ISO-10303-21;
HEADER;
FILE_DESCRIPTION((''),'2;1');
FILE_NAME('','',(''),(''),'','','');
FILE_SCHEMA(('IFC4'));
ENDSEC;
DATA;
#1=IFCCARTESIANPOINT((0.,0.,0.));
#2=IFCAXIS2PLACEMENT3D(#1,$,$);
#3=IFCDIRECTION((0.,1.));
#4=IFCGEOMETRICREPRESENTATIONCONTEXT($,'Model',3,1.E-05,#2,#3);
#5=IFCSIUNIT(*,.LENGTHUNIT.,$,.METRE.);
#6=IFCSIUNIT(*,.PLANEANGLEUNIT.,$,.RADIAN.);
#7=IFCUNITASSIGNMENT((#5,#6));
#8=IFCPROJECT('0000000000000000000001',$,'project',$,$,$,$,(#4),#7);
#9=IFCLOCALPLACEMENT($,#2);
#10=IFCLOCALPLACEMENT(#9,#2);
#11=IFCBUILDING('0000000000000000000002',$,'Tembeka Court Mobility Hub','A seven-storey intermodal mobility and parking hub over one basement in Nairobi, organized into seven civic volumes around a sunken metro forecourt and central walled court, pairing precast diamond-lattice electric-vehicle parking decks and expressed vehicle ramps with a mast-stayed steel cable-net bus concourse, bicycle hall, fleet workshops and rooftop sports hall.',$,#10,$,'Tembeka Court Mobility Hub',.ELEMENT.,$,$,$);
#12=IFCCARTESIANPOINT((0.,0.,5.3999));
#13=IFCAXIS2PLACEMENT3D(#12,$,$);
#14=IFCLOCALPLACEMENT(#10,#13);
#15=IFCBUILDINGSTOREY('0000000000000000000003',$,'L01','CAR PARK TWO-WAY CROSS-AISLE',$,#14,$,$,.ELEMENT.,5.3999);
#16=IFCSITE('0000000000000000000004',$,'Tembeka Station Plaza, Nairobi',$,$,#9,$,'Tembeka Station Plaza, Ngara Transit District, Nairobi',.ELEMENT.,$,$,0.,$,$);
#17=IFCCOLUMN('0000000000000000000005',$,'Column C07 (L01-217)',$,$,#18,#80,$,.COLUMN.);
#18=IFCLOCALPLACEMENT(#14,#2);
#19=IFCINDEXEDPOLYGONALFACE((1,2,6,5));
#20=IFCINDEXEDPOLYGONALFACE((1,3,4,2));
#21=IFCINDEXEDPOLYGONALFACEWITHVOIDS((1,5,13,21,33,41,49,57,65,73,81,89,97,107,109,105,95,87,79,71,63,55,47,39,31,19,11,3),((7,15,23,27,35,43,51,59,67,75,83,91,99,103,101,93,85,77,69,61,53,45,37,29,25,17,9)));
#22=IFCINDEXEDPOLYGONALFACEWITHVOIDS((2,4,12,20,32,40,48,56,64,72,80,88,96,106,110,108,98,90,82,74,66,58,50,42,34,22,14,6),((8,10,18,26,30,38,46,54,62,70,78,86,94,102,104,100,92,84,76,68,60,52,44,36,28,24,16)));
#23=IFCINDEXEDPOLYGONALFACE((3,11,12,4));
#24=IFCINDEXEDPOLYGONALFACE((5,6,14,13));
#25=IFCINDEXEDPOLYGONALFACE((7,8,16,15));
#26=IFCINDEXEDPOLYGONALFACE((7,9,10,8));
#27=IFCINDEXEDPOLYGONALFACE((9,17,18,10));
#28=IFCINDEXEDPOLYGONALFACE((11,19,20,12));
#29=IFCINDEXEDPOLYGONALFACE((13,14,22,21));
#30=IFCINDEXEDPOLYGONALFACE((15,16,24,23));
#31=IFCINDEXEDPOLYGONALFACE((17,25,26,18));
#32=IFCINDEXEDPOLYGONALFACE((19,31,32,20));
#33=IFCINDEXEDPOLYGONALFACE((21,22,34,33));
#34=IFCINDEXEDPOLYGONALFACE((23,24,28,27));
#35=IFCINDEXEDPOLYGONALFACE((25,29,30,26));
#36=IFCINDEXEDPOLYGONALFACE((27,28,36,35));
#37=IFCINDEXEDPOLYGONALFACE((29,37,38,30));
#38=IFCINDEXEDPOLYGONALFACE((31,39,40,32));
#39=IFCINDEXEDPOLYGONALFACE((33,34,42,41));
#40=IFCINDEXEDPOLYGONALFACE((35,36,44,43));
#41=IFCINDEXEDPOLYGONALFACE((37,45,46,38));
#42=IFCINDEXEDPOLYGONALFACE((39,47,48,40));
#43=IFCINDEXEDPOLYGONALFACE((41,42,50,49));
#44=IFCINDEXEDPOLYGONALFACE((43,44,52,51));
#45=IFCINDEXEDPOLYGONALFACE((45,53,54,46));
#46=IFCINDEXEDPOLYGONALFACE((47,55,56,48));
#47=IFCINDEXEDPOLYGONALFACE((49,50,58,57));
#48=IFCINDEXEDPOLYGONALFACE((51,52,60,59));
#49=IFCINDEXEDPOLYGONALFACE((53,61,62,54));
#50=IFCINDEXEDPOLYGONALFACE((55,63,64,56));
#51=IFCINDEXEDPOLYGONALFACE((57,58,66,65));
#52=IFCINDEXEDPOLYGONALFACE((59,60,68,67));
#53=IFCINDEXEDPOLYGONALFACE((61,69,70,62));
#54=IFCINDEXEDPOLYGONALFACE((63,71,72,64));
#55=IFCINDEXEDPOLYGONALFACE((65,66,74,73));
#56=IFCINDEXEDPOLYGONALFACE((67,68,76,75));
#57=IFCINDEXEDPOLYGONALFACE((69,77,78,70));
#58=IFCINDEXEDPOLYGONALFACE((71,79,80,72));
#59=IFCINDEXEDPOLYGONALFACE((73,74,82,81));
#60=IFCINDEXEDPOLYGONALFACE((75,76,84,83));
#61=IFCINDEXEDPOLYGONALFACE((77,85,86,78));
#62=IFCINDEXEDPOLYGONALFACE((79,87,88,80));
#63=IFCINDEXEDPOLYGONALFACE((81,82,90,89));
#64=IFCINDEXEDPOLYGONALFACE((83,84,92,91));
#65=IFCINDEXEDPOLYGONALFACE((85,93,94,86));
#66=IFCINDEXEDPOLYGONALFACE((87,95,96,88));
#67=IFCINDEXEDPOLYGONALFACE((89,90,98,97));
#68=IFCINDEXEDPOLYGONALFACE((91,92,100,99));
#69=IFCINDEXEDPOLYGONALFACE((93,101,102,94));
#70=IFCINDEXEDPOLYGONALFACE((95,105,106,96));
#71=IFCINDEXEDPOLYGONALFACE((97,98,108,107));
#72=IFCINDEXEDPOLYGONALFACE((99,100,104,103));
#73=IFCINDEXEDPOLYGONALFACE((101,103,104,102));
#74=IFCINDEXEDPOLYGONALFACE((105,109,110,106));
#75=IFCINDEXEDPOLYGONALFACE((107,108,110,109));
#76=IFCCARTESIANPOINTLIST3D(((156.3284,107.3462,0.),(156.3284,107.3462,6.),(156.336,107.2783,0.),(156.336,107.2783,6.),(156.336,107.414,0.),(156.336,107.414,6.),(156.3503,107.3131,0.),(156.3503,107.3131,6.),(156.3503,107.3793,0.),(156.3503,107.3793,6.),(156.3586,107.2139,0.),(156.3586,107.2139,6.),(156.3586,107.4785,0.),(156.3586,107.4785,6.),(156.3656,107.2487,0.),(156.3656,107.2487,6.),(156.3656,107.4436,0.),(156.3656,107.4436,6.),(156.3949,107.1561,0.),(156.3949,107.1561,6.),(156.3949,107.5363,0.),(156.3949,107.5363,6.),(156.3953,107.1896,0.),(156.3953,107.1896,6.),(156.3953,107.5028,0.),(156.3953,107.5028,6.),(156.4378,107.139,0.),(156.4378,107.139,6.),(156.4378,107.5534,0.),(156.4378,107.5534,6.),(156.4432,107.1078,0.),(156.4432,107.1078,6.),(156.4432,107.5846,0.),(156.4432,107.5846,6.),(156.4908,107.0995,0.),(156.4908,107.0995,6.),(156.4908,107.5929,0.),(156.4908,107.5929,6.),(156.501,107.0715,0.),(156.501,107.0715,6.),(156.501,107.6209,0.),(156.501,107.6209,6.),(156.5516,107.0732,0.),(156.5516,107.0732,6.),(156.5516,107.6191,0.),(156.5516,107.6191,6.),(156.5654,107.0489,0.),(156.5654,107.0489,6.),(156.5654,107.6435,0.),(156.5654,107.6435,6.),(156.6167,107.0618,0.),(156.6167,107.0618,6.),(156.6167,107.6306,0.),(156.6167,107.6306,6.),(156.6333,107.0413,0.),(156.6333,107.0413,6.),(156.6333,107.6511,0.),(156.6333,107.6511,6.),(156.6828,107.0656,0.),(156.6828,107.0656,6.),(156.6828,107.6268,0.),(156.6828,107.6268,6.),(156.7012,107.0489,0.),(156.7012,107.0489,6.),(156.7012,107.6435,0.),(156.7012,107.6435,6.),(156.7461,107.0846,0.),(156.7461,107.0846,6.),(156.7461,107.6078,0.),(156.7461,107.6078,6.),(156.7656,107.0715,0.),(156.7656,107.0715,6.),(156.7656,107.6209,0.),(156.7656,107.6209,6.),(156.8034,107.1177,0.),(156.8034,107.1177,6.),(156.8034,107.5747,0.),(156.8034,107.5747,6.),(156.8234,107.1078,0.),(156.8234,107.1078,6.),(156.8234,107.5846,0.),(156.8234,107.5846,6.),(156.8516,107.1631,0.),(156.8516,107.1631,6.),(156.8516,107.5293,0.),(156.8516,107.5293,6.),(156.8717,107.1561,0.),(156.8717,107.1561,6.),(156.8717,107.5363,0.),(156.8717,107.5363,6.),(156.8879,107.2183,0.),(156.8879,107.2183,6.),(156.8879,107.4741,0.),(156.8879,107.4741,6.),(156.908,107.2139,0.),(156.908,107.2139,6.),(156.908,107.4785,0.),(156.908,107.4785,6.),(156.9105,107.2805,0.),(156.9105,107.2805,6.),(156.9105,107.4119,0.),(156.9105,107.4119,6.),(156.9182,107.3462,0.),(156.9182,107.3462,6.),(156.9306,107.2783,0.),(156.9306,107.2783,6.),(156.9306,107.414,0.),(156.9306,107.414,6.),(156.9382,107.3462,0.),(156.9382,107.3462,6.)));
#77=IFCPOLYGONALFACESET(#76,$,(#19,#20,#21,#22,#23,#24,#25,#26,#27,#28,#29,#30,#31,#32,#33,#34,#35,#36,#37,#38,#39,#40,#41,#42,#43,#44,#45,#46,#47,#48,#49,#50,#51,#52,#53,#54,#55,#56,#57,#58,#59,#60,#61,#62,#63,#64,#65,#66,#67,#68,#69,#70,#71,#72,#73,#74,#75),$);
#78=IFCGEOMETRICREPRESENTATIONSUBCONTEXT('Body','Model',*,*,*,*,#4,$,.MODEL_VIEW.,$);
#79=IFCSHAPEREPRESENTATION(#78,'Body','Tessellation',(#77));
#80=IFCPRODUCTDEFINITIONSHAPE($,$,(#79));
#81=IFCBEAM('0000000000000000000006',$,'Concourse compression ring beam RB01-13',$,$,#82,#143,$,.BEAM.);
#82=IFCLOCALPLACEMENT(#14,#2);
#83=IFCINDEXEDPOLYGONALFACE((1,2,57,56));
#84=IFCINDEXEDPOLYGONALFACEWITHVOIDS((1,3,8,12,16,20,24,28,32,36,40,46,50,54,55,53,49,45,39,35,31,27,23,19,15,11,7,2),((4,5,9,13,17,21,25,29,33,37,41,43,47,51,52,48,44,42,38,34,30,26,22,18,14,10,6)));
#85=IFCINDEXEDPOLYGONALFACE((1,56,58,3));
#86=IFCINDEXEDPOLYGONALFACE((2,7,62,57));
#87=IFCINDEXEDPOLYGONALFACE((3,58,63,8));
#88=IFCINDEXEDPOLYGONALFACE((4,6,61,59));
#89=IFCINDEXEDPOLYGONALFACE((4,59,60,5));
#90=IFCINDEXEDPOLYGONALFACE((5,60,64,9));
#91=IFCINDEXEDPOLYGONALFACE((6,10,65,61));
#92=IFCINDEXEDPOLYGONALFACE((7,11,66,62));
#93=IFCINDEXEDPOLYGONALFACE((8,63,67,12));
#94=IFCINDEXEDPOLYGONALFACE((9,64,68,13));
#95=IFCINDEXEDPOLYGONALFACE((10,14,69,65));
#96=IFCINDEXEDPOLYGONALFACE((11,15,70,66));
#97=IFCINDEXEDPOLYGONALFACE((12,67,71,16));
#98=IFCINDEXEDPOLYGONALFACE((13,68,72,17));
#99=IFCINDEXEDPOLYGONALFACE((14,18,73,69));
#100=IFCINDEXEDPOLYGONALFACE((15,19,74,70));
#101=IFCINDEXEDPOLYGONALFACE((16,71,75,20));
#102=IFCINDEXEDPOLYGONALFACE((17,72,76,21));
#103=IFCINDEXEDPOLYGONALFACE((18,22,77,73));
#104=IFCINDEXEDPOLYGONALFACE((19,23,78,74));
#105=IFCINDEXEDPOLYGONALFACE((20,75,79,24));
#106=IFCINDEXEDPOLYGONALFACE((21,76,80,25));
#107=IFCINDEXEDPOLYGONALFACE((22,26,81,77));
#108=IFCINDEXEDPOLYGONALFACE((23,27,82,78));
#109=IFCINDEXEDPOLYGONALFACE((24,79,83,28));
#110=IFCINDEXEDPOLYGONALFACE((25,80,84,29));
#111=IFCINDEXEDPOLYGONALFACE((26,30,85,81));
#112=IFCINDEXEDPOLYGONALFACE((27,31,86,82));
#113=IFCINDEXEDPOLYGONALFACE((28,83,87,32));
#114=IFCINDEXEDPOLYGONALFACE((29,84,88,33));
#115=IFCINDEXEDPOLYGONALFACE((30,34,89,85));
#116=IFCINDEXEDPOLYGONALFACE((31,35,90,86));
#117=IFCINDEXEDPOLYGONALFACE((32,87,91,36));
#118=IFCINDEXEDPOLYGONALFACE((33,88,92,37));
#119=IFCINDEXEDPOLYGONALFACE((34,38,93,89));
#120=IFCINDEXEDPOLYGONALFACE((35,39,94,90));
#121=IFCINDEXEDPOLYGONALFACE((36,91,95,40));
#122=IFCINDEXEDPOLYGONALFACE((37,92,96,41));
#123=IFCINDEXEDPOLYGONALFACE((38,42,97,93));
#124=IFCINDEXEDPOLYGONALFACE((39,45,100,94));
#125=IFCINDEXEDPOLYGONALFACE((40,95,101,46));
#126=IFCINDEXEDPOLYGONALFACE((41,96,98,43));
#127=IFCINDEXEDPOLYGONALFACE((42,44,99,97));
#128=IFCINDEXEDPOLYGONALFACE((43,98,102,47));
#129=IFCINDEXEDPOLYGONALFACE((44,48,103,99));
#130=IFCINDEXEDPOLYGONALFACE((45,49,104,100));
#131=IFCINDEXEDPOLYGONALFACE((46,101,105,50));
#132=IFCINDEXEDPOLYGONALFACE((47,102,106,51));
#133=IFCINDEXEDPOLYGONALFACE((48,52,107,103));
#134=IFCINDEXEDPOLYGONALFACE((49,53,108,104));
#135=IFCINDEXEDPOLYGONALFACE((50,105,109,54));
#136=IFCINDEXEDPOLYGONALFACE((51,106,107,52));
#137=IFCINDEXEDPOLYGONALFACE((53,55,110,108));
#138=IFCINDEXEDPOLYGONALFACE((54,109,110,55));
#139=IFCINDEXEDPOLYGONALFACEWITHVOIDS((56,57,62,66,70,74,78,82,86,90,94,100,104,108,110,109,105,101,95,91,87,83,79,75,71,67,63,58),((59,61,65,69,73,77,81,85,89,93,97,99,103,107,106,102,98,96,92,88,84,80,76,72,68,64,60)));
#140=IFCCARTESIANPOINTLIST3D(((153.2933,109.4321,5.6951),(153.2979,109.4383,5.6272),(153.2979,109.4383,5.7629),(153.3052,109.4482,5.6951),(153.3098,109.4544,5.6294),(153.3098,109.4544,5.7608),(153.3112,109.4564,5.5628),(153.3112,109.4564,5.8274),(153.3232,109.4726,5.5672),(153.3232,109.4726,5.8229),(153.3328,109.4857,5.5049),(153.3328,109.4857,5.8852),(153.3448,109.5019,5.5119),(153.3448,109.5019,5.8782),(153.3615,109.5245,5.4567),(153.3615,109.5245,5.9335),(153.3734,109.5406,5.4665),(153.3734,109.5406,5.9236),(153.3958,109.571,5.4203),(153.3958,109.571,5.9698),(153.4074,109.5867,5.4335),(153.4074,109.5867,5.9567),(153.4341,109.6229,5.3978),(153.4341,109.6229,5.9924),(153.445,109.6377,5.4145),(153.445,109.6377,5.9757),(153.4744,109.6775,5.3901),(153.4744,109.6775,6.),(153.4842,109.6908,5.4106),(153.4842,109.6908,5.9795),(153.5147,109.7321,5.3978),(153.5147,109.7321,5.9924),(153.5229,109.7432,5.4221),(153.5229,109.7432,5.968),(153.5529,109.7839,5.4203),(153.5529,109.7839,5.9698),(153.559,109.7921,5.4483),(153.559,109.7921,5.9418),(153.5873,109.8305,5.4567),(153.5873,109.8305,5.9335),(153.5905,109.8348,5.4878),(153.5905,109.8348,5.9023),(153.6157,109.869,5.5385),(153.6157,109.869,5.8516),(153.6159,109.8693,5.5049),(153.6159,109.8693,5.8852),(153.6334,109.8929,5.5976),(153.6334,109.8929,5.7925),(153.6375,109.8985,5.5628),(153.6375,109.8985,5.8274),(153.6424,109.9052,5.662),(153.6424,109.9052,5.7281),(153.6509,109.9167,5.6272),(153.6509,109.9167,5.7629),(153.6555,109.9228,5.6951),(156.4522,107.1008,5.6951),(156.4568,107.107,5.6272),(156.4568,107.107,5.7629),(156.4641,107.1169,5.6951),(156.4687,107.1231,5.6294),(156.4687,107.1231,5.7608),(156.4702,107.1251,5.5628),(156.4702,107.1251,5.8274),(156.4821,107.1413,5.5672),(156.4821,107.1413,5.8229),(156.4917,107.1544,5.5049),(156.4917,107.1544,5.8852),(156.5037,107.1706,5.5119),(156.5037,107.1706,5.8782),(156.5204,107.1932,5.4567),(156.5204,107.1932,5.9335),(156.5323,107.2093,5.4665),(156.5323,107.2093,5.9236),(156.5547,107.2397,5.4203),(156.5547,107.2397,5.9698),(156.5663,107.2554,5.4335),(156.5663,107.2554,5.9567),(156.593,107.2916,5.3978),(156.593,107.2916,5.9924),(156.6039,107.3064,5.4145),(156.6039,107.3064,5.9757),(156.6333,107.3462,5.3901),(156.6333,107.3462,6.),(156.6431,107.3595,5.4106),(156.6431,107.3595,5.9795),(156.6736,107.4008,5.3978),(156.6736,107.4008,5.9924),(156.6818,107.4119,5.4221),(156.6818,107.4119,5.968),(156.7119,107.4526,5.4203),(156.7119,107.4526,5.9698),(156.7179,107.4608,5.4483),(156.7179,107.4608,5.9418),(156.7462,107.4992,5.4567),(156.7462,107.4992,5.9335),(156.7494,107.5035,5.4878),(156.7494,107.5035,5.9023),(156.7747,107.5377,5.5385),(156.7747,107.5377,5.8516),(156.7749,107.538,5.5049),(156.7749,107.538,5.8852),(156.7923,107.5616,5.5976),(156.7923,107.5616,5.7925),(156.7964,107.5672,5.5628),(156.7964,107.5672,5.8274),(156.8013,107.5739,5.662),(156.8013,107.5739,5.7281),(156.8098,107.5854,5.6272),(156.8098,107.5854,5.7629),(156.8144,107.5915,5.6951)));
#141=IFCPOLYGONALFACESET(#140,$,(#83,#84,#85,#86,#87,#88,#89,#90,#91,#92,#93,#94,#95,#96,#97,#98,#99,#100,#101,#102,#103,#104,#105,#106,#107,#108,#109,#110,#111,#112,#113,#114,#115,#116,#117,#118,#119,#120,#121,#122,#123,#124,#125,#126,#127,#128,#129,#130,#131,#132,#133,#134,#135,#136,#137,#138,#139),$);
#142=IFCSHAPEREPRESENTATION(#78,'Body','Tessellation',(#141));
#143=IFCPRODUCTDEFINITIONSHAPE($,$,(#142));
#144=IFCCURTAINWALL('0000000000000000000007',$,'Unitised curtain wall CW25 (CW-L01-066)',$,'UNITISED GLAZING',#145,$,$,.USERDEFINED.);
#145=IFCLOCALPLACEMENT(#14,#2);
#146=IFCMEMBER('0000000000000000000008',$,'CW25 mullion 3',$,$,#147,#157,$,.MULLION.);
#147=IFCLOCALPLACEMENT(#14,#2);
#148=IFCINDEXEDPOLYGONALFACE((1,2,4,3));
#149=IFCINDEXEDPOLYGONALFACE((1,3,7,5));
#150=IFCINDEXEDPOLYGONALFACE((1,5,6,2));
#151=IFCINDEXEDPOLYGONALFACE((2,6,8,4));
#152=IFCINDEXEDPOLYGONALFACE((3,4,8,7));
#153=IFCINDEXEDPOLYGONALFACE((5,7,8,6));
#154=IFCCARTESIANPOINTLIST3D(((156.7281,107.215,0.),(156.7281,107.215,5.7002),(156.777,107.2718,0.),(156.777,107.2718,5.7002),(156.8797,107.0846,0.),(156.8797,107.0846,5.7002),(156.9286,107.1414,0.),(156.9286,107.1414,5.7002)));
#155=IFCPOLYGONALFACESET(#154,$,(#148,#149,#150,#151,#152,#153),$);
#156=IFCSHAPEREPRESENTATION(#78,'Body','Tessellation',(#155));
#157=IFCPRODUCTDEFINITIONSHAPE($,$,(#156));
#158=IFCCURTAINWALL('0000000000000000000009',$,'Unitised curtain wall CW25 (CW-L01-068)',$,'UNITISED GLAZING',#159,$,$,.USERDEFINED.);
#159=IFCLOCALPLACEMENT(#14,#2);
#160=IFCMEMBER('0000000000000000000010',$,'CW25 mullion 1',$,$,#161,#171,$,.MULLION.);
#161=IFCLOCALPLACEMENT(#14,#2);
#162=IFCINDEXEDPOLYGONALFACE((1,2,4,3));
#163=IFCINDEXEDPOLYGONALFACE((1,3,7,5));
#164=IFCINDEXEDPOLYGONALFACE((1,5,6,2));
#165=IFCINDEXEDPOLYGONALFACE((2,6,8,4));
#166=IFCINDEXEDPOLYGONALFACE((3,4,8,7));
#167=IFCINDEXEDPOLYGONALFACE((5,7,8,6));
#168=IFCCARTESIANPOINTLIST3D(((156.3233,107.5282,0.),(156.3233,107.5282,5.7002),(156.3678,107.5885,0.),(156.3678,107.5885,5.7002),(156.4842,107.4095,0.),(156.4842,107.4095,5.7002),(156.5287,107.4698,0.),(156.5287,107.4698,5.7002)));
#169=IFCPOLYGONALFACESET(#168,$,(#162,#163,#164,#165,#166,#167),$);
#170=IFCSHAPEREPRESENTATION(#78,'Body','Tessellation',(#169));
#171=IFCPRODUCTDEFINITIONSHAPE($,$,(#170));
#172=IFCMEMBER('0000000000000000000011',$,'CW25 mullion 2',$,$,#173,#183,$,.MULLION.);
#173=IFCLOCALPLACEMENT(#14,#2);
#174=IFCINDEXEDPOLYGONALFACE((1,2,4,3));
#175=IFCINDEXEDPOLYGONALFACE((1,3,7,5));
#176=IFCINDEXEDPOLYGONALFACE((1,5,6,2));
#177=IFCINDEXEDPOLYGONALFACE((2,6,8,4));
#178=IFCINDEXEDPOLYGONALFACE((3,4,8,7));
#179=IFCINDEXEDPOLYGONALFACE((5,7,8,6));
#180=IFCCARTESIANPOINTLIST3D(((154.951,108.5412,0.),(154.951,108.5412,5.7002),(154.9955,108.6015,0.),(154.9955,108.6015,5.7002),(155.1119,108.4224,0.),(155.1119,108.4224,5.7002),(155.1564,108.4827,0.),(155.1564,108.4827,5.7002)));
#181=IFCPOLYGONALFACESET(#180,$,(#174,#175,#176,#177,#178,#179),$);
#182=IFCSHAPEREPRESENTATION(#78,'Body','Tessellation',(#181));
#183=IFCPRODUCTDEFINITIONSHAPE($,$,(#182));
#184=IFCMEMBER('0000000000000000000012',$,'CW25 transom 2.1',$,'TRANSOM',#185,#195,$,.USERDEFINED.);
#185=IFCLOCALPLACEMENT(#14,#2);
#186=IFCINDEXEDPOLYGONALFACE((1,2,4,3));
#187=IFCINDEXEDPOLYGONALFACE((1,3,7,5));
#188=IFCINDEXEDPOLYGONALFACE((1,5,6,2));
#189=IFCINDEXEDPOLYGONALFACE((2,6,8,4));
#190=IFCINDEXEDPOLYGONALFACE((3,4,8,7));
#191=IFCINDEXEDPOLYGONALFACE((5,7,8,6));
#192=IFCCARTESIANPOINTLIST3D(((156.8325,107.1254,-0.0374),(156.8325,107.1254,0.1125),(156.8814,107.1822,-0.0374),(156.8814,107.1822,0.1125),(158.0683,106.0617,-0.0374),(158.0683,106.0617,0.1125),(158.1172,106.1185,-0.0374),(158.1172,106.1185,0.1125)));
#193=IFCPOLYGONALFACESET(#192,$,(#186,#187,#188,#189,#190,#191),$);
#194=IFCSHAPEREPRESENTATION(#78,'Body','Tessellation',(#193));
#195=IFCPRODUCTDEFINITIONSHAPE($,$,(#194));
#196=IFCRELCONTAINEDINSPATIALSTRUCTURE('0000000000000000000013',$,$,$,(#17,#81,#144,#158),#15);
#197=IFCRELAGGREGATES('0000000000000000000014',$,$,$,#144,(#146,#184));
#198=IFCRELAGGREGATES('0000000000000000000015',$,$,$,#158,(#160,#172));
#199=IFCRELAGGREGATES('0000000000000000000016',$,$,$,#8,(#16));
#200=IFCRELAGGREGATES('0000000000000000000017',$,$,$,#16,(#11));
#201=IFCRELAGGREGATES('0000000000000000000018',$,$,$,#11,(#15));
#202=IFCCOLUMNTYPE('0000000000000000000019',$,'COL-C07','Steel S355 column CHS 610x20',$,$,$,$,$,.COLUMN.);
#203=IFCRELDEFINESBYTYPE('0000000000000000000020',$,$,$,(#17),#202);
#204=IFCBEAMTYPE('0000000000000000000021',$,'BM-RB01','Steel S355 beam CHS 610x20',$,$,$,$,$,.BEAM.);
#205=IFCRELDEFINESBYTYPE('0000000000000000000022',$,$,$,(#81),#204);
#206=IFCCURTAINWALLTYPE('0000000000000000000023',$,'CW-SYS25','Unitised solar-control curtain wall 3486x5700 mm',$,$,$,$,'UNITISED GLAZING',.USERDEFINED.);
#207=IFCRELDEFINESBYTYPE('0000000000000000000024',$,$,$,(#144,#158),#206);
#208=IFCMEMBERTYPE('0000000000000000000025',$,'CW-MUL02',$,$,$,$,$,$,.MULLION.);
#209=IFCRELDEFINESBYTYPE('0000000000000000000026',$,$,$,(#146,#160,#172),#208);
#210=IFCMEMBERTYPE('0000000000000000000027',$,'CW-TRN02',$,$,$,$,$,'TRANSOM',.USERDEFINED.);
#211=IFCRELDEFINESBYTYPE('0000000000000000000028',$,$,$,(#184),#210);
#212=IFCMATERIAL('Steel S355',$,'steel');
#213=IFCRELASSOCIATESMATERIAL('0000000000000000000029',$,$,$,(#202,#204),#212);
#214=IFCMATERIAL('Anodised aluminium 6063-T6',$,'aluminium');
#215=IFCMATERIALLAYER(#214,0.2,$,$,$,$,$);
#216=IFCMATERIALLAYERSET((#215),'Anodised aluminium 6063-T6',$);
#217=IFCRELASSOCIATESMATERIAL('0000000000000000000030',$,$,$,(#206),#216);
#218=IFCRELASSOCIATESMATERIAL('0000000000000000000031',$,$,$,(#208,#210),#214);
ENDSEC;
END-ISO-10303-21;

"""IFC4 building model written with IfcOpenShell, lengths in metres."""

from ifc_helpers import new_model, si_unit, direction, frame, origin, origin_2d, place, context, subcontext, project, spatial, rectangle, hollow_circle, extrude, material, layer, layer_set, material_profile, profile_set, type_object, element, aggregate, save


model = new_model("IFC4")

# Units and contexts
model_context = context("Model", 3, precision=1e-05, world=origin(), true_north=direction((0.0, 1.0)))
body_context = subcontext(model_context, "Body", "Model", "MODEL_VIEW")
ifc_project = project(units=[si_unit("LENGTHUNIT", "METRE"), si_unit("PLANEANGLEUNIT", "RADIAN")], contexts=[model_context])

# Site, building, storey
site_placement = place(None, origin())
site = spatial("IfcSite", under=ifc_project, at=site_placement, Name="Tembeka Station Plaza, Nairobi", LongName="Tembeka Station Plaza, Ngara Transit District, Nairobi", CompositionType="ELEMENT", RefElevation=0.0)
building_placement = place(site_placement, origin())
building = spatial("IfcBuilding", under=site, at=building_placement, Name="Tembeka Court Mobility Hub", Description="A seven-storey intermodal mobility and parking hub over one basement in Nairobi, organized into seven civic volumes around a sunken metro forecourt and central walled court, pairing precast diamond-lattice electric-vehicle parking decks and expressed vehicle ramps with a mast-stayed steel cable-net bus concourse, bicycle hall, fleet workshops and rooftop sports hall.", LongName="Tembeka Court Mobility Hub", CompositionType="ELEMENT")
storey_placement = place(building_placement, frame((0.0, 0.0, 5.3999)))
storey = spatial("IfcBuildingStorey", under=building, at=storey_placement, Name="L01", Description="CAR PARK TWO-WAY CROSS-AISLE", CompositionType="ELEMENT", Elevation=5.3999)

# Column
ifc_material_1 = material(Name="Steel S355", Category="steel")
ifc_material_profile_1 = material_profile(ifc_material_1, hollow_circle(Radius=0.3049, WallThickness=0.02, at=origin_2d()), Name="CHS 610x20")
ifc_profile_set_1 = profile_set([ifc_material_profile_1], Name="Steel S355")
column_type = type_object("IfcColumnType", Name="COL-C07", Description="Steel S355 column CHS 610x20", PredefinedType="COLUMN", material=ifc_profile_set_1)
column_placement = place(storey_placement, frame((156.6333, 107.3462, 0.0), z_axis=(0.0, 0.0, 1.0), x_axis=(1.0, 0.0, 0.0)))
element("IfcColumn", 1, at=column_placement, inside=storey, type_object=column_type, Name="Column C07 (L01-217)", PredefinedType="COLUMN", context=body_context, shape_type="SweptSolid", body=[
    extrude(hollow_circle(Radius=0.3049, WallThickness=0.02, at=origin_2d()), origin(), (0.0, 0.0, 1.0), 6.0),
])

# Beam
ifc_material_profile_2 = material_profile(ifc_material_1, hollow_circle(Radius=0.3049, WallThickness=0.02, at=origin_2d()), Name="CHS 610x20")
ifc_profile_set_2 = profile_set([ifc_material_profile_2], Name="Steel S355")
beam_type = type_object("IfcBeamType", Name="BM-RB01", Description="Steel S355 beam CHS 610x20", PredefinedType="BEAM", material=ifc_profile_set_2)
beam_placement = place(storey_placement, frame((156.6333, 107.3462, 5.6951), z_axis=(-0.80461, 0.593803, 0.0), x_axis=(-0.593803, -0.80461, 0.0)))
element("IfcBeam", 2, at=beam_placement, inside=storey, type_object=beam_type, Name="Concourse compression ring beam RB01-13", PredefinedType="BEAM", context=body_context, shape_type="SweptSolid", body=[
    extrude(hollow_circle(Radius=0.3049, WallThickness=0.02, at=origin_2d()), origin(), (0.0, 0.0, 1.0), 3.926),
])

# Curtain wall, member
ifc_material_2 = material(Name="Anodised aluminium 6063-T6", Category="aluminium")
ifc_layer_1 = layer(ifc_material_2, 0.2)
ifc_layer_set_1 = layer_set([ifc_layer_1], Name="Anodised aluminium 6063-T6")
curtain_wall_type = type_object("IfcCurtainWallType", Name="CW-SYS25", Description="Unitised solar-control curtain wall 3486x5700 mm", ElementType="UNITISED GLAZING", PredefinedType="USERDEFINED", material=ifc_layer_set_1)
curtain_wall_1_placement = place(storey_placement, origin())
curtain_wall_1 = element("IfcCurtainWall", 3, at=curtain_wall_1_placement, inside=storey, type_object=curtain_wall_type, Name="Unitised curtain wall CW25 (CW-L01-066)", ObjectType="UNITISED GLAZING", PredefinedType="USERDEFINED")
ifc_material_profile_3 = material_profile(ifc_material_2, rectangle(XDim=0.075, YDim=0.2, at=origin_2d()), Name="ALU-MUL 75x200")
ifc_profile_set_3 = profile_set([ifc_material_profile_3], Name="Anodised aluminium 6063-T6")
member_type_1 = type_object("IfcMemberType", Name="CW-MUL02", PredefinedType="MULLION", material=ifc_profile_set_3)
member_1_placement = place(storey_placement, frame((156.8284, 107.1782, 0.0), z_axis=(0.0, 0.0, 1.0), x_axis=(-0.652307, -0.757955, 0.0)))
member_1 = element("IfcMember", 4, at=member_1_placement, type_object=member_type_1, Name="CW25 mullion 3", PredefinedType="MULLION", context=body_context, shape_type="SweptSolid", body=[
    extrude(rectangle(XDim=0.075, YDim=0.2, at=origin_2d()), origin(), (0.0, 0.0, 1.0), 5.7002),
])

# Curtain wall, members
curtain_wall_2_placement = place(storey_placement, origin())
curtain_wall_2 = element("IfcCurtainWall", 5, at=curtain_wall_2_placement, inside=storey, type_object=curtain_wall_type, Name="Unitised curtain wall CW25 (CW-L01-068)", ObjectType="UNITISED GLAZING", PredefinedType="USERDEFINED")
member_2_placement = place(storey_placement, frame((156.426, 107.499, 0.0), z_axis=(0.0, 0.0, 1.0), x_axis=(-0.593818, -0.804599, 0.0)))
member_2 = element("IfcMember", 6, at=member_2_placement, type_object=member_type_1, Name="CW25 mullion 1", PredefinedType="MULLION", context=body_context, shape_type="SweptSolid", body=[
    extrude(rectangle(XDim=0.075, YDim=0.2, at=origin_2d()), origin(), (0.0, 0.0, 1.0), 5.7002),
])
member_3_placement = place(storey_placement, frame((155.0537, 108.512, 0.0), z_axis=(0.0, 0.0, 1.0), x_axis=(-0.593818, -0.804599, 0.0)))
member_3 = element("IfcMember", 7, at=member_3_placement, type_object=member_type_1, Name="CW25 mullion 2", PredefinedType="MULLION", context=body_context, shape_type="SweptSolid", body=[
    extrude(rectangle(XDim=0.075, YDim=0.2, at=origin_2d()), origin(), (0.0, 0.0, 1.0), 5.7002),
])

# Member
ifc_material_profile_4 = material_profile(ifc_material_2, rectangle(XDim=0.075, YDim=0.1499, at=origin_2d()), Name="ALU-TRN 75x150")
ifc_profile_set_4 = profile_set([ifc_material_profile_4], Name="Anodised aluminium 6063-T6")
member_type_2 = type_object("IfcMemberType", Name="CW-TRN02", ElementType="TRANSOM", PredefinedType="USERDEFINED", material=ifc_profile_set_4)
member_4_placement = place(storey_placement, frame((158.0928, 106.0901, 0.0376), z_axis=(-0.757913, 0.652356, 0.0), x_axis=(-0.652356, -0.757913, 0.0)))
member_4 = element("IfcMember", 8, at=member_4_placement, type_object=member_type_2, Name="CW25 transom 2.1", ObjectType="TRANSOM", PredefinedType="USERDEFINED", context=body_context, shape_type="SweptSolid", body=[
    extrude(rectangle(XDim=0.075, YDim=0.1499, at=origin_2d()), origin(), (0.0, 0.0, 1.0), 1.6306),
])

aggregate(curtain_wall_1, [member_1, member_4])
aggregate(curtain_wall_2, [member_2, member_3])

save(model, "model.ifc")
